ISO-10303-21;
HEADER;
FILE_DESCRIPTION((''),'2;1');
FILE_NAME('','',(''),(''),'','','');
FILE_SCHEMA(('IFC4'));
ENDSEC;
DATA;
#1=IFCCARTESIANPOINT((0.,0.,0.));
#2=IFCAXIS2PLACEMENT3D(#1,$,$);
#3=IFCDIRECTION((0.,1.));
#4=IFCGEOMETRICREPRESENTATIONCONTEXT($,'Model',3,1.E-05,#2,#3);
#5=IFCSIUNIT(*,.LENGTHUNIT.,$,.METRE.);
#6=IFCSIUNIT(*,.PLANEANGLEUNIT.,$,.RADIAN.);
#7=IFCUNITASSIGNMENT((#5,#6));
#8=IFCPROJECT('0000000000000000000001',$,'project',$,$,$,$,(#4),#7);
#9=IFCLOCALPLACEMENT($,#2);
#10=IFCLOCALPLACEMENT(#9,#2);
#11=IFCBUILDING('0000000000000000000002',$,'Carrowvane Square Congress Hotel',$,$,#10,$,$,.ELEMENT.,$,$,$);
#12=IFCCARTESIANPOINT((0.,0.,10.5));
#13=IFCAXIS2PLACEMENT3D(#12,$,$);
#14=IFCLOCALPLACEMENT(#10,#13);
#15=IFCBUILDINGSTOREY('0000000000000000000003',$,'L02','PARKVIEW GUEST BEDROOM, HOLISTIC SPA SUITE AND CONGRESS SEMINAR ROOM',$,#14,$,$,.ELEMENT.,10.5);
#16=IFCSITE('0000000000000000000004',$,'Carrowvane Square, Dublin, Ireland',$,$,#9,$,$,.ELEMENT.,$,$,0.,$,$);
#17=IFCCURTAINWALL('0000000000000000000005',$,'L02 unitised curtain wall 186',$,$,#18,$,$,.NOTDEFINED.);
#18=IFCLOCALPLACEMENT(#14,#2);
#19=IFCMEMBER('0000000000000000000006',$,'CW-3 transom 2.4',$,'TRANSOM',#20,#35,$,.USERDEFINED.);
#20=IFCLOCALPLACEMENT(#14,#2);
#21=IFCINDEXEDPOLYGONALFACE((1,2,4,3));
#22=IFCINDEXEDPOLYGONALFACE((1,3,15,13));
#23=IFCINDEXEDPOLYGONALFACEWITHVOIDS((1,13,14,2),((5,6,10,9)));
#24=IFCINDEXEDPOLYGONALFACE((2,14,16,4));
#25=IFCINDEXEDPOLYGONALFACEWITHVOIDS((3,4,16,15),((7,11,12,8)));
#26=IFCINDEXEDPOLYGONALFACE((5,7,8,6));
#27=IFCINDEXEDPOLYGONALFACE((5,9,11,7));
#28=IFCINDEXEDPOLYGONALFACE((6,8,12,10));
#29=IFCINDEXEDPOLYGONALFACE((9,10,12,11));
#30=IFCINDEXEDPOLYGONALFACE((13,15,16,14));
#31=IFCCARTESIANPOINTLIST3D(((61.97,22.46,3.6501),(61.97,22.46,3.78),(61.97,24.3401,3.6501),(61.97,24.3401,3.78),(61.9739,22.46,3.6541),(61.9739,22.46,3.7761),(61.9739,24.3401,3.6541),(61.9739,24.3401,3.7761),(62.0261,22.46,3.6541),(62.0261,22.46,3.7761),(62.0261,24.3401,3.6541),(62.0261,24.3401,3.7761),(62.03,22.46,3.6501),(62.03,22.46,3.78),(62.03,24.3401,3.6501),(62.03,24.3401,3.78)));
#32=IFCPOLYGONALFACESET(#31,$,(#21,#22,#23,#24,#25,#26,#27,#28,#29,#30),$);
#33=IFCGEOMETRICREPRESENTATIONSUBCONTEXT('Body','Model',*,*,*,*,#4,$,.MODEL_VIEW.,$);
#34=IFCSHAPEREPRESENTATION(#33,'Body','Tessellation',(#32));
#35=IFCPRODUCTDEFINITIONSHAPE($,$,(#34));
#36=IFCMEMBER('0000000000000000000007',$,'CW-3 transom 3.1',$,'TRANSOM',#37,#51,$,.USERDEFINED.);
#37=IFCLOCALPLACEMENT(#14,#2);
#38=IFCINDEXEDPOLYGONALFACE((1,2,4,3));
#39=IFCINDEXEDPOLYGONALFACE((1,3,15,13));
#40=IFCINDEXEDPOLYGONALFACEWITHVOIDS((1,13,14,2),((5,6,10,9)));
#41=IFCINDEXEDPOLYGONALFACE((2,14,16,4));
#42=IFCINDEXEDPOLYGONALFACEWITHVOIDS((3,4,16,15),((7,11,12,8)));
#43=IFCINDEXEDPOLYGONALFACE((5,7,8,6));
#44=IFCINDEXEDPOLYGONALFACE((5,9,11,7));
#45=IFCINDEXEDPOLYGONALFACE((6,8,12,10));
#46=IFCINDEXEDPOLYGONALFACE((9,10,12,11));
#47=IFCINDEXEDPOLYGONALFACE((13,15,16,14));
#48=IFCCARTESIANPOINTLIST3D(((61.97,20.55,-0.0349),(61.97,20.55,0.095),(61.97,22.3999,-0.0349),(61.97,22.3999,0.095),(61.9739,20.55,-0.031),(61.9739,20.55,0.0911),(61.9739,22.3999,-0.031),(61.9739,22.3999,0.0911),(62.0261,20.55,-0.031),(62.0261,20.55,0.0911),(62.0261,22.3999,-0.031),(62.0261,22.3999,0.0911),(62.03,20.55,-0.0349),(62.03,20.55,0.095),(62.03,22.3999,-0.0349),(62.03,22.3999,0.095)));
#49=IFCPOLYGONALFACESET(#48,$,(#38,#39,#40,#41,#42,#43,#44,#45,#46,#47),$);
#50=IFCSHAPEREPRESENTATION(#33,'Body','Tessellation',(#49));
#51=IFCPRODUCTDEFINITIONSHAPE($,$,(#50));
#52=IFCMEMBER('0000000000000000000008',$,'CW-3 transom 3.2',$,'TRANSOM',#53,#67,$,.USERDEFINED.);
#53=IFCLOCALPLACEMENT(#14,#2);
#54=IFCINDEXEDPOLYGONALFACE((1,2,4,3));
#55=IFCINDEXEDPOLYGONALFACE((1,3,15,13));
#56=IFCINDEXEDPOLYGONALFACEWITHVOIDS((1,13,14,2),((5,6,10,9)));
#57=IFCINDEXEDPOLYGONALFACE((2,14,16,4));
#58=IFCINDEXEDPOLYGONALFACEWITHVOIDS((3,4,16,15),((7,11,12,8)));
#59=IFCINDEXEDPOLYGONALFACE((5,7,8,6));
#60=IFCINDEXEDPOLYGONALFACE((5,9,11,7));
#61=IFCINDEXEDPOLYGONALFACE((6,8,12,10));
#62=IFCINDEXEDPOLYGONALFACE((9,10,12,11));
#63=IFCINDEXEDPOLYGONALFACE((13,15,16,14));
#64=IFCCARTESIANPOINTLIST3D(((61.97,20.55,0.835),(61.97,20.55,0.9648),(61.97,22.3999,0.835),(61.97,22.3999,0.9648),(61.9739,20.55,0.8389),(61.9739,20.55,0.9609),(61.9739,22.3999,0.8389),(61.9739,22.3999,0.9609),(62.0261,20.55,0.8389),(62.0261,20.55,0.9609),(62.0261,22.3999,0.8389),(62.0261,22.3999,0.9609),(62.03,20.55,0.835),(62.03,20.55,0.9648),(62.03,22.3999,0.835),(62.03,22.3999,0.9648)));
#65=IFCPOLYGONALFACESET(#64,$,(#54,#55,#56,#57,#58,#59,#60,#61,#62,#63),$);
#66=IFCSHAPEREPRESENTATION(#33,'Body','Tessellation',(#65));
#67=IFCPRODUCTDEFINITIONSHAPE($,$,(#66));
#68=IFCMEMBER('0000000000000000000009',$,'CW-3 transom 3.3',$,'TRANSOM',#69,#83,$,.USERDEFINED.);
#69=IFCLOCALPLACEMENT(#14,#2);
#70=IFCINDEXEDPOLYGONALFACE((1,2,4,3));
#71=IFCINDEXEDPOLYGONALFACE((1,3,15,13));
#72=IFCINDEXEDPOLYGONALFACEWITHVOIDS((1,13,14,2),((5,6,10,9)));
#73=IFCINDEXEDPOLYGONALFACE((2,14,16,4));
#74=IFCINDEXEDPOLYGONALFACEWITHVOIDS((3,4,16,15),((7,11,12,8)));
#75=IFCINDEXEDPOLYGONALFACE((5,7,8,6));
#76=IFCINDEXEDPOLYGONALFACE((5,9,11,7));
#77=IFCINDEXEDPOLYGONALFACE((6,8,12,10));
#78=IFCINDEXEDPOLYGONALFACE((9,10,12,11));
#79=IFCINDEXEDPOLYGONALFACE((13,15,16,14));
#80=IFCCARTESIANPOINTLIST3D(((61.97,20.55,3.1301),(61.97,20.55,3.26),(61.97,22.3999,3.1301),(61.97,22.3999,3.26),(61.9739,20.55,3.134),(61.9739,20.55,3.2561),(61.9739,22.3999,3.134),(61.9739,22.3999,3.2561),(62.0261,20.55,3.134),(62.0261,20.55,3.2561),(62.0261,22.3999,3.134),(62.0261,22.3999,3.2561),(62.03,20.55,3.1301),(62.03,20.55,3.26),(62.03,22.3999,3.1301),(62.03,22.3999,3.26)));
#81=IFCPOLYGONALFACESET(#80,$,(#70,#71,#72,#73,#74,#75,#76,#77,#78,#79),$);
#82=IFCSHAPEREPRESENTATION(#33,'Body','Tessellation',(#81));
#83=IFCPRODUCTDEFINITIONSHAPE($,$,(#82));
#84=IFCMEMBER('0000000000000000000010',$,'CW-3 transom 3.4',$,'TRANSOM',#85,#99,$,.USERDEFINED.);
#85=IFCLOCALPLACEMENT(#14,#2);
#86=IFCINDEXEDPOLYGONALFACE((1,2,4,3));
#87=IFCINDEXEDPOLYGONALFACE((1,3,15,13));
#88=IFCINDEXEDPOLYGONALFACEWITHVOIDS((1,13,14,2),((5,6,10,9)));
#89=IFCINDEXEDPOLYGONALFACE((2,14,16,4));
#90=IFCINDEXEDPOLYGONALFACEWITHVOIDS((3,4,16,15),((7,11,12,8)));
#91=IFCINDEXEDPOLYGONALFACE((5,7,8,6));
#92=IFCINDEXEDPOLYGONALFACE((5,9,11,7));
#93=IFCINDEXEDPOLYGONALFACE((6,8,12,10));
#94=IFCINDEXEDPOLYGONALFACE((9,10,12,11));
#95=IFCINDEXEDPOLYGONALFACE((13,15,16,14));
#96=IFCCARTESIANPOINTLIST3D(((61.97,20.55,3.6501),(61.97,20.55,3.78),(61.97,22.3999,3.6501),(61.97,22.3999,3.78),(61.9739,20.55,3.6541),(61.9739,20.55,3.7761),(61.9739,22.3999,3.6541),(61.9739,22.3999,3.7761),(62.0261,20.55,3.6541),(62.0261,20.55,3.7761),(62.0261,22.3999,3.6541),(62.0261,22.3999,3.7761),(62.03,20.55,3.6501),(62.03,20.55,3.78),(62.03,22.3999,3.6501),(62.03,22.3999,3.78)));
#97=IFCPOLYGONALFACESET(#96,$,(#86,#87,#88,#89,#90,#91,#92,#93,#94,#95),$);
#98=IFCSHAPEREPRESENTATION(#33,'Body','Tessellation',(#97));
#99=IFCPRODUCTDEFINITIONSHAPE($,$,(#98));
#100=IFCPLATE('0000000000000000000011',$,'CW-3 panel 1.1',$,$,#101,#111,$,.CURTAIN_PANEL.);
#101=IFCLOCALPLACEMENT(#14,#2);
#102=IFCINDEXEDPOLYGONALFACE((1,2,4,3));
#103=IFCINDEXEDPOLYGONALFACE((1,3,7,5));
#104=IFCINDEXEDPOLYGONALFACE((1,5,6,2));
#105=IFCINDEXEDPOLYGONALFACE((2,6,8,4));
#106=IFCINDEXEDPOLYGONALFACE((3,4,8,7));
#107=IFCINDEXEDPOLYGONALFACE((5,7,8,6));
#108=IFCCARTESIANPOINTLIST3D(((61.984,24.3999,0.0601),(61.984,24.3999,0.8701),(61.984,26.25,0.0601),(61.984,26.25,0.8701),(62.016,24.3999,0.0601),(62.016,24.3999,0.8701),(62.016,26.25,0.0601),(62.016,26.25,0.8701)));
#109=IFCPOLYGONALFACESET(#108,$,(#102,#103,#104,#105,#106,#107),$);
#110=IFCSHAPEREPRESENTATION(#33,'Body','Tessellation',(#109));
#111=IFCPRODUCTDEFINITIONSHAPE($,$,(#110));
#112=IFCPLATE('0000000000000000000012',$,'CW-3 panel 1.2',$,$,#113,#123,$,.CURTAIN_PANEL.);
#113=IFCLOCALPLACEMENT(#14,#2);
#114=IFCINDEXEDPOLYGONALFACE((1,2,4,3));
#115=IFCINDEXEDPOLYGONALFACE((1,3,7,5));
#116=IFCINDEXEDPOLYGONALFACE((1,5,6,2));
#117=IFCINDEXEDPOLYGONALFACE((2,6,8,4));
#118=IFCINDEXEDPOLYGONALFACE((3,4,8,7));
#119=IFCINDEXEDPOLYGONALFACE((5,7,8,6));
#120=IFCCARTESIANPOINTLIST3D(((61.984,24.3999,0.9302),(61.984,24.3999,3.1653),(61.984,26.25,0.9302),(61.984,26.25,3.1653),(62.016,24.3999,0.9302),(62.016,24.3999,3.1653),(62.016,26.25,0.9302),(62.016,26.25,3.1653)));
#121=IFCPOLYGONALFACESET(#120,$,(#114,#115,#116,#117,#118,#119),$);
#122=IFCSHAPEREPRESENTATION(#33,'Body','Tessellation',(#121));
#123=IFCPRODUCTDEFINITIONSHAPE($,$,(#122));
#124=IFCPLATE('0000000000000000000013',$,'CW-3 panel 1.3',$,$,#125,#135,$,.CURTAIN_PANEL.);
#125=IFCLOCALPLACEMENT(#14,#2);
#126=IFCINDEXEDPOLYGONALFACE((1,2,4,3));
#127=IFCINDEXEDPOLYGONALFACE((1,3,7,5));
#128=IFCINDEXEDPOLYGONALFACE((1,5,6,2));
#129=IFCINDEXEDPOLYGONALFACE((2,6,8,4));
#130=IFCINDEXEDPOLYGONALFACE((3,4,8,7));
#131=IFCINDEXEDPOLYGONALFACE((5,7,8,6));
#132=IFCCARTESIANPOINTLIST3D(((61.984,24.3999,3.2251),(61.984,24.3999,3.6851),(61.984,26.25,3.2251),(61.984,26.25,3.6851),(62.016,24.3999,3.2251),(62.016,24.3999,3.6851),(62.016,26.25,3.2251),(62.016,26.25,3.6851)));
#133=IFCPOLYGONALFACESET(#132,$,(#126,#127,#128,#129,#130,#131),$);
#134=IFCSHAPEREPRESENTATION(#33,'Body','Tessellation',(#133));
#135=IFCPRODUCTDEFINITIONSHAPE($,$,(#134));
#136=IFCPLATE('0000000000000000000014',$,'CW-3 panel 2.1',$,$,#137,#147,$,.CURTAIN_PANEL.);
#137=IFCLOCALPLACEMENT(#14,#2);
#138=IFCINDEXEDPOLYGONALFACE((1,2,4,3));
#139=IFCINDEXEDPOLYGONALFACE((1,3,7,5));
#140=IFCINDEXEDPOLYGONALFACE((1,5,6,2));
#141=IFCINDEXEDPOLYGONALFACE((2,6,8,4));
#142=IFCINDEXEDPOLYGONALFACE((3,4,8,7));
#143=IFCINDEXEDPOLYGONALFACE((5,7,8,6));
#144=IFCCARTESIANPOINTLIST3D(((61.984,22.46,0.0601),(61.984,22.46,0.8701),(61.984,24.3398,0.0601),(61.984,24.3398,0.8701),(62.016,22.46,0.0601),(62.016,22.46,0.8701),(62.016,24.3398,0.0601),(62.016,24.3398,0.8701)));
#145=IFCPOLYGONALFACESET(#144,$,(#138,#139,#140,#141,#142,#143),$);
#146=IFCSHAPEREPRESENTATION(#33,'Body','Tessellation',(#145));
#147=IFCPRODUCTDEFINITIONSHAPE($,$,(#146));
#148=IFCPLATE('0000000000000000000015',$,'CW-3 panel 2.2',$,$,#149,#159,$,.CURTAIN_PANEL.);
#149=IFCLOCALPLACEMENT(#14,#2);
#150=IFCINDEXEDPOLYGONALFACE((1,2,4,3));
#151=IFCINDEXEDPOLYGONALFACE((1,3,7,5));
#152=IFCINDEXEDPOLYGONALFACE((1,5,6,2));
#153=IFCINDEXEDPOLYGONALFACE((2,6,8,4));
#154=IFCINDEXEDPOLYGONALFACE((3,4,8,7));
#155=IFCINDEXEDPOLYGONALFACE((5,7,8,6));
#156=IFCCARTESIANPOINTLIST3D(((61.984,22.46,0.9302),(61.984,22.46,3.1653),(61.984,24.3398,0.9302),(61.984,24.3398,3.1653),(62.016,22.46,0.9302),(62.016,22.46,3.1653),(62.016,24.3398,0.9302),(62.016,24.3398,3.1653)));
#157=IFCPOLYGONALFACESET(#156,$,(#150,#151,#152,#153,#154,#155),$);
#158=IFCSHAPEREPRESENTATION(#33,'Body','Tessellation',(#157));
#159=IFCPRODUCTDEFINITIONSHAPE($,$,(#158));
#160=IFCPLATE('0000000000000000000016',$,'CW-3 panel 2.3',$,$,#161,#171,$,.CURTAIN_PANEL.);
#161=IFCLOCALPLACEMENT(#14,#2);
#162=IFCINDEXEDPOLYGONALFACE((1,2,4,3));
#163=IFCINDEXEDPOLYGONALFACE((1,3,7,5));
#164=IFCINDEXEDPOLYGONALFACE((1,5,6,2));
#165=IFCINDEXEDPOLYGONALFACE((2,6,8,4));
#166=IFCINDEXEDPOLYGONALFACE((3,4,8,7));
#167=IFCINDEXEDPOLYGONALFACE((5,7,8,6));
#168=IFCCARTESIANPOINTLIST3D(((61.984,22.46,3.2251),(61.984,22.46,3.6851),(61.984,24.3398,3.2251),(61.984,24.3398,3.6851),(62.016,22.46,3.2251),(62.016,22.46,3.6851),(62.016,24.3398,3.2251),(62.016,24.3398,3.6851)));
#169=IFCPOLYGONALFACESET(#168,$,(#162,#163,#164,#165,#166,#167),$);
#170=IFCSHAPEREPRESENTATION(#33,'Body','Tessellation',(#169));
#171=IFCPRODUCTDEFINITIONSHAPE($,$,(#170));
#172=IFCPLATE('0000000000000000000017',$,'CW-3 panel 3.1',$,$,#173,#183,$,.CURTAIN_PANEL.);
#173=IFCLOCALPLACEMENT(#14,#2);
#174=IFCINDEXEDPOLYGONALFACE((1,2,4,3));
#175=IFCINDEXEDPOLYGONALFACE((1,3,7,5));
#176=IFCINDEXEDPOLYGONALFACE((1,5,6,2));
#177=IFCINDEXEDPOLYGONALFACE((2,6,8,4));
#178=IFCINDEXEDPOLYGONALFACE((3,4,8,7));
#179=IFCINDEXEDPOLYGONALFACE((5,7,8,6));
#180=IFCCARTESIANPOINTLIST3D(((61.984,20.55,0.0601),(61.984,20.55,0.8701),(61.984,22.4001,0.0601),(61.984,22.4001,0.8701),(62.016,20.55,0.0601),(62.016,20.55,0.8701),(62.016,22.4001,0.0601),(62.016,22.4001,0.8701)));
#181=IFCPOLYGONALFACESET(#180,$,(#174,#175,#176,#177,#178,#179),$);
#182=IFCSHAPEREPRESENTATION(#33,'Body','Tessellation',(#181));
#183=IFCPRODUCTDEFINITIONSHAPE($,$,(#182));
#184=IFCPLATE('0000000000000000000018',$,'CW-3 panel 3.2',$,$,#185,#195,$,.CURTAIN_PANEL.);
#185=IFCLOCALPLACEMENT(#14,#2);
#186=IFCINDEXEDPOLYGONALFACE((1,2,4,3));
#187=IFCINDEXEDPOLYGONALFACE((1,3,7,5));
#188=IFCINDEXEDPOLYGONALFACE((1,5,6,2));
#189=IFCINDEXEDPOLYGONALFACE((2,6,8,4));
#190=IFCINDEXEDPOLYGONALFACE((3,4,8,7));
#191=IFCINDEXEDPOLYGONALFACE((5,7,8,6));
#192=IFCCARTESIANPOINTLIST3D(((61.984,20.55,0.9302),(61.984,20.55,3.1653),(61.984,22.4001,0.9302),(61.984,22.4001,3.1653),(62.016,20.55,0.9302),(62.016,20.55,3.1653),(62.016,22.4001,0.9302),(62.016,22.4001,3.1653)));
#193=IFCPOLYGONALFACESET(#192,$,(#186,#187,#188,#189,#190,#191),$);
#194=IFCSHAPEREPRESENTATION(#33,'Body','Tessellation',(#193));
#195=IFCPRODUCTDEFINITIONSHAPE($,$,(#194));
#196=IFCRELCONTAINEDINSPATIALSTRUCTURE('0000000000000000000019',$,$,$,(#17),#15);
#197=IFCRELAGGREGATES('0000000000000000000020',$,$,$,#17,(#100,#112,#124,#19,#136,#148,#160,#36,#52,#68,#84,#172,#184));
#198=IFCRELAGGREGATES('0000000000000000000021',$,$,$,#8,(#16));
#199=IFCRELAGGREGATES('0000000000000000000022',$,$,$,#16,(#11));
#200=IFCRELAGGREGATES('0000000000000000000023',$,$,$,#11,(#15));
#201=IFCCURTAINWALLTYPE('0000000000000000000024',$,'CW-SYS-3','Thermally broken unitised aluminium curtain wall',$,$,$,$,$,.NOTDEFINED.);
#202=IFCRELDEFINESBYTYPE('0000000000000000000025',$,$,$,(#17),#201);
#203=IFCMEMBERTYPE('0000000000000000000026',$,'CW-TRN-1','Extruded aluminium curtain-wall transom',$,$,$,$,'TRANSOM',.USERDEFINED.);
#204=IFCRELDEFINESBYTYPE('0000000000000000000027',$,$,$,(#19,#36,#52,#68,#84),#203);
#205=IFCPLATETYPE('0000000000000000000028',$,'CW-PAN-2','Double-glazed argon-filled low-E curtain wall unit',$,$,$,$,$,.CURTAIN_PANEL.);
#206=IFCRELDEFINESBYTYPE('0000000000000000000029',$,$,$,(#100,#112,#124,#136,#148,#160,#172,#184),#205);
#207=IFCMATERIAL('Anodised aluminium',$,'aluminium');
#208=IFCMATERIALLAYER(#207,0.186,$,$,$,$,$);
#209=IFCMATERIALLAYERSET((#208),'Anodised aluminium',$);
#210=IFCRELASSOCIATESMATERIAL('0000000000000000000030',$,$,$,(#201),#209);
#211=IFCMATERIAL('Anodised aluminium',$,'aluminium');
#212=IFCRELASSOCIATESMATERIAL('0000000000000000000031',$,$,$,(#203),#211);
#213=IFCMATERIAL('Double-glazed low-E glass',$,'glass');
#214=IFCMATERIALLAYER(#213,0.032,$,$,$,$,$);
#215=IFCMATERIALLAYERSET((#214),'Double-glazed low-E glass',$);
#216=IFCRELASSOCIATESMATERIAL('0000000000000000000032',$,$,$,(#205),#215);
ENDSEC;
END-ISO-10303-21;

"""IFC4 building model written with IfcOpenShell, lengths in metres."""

from ifc_helpers import new_model, si_unit, direction, frame, origin, origin_2d, place, context, subcontext, project, spatial, rectangle, hollow_rectangle, extrude, material, layer, layer_set, material_profile, profile_set, type_object, element, aggregate, save


model = new_model("IFC4")

# Units and contexts
model_context = context("Model", 3, precision=1e-05, world=origin(), true_north=direction((0.0, 1.0)))
body_context = subcontext(model_context, "Body", "Model", "MODEL_VIEW")
ifc_project = project(units=[si_unit("LENGTHUNIT", "METRE"), si_unit("PLANEANGLEUNIT", "RADIAN")], contexts=[model_context])

# Site, building, storey
site_placement = place(None, origin())
site = spatial("IfcSite", under=ifc_project, at=site_placement, Name="Carrowvane Square, Dublin, Ireland", CompositionType="ELEMENT", RefElevation=0.0)
building_placement = place(site_placement, origin())
building = spatial("IfcBuilding", under=site, at=building_placement, Name="Carrowvane Square Congress Hotel", CompositionType="ELEMENT")
storey_placement = place(building_placement, frame((0.0, 0.0, 10.5)))
storey = spatial("IfcBuildingStorey", under=building, at=storey_placement, Name="L02", Description="PARKVIEW GUEST BEDROOM, HOLISTIC SPA SUITE AND CONGRESS SEMINAR ROOM", CompositionType="ELEMENT", Elevation=10.5)

# Curtain wall, members, plates
ifc_material_1 = material(Name="Anodised aluminium", Category="aluminium")
ifc_layer_1 = layer(ifc_material_1, 0.186)
ifc_layer_set_1 = layer_set([ifc_layer_1], Name="Anodised aluminium")
curtain_wall_type = type_object("IfcCurtainWallType", Name="CW-SYS-3", Description="Thermally broken unitised aluminium curtain wall", PredefinedType="NOTDEFINED", material=ifc_layer_set_1)
curtain_wall_placement = place(storey_placement, origin())
curtain_wall = element("IfcCurtainWall", 1, at=curtain_wall_placement, inside=storey, type_object=curtain_wall_type, Name="L02 unitised curtain wall 186", PredefinedType="NOTDEFINED")
ifc_material_2 = material(Name="Anodised aluminium", Category="aluminium")
ifc_material_profile_1 = material_profile(ifc_material_2, hollow_rectangle(XDim=0.0601, YDim=0.1299, WallThickness=0.0039, at=origin_2d()), Name="CW-TR 60x130x4")
ifc_profile_set_1 = profile_set([ifc_material_profile_1], Name="Anodised aluminium")
member_type_1 = type_object("IfcMemberType", Name="CW-TRN-1", Description="Extruded aluminium curtain-wall transom", ElementType="TRANSOM", PredefinedType="USERDEFINED", material=ifc_profile_set_1)
member_1_placement = place(storey_placement, frame((62.0, 24.3401, 3.7151), z_axis=(0.0, -1.0, 0.0), x_axis=(1.0, 0.0, 0.0)))
member_1 = element("IfcMember", 2, at=member_1_placement, type_object=member_type_1, Name="CW-3 transom 2.4", ObjectType="TRANSOM", PredefinedType="USERDEFINED", context=body_context, shape_type="SweptSolid", body=[
    extrude(hollow_rectangle(XDim=0.0601, YDim=0.1299, WallThickness=0.0039, at=origin_2d()), origin(), (0.0, 0.0, 1.0), 1.8801),
])
member_2_placement = place(storey_placement, frame((62.0, 22.3999, 0.03), z_axis=(0.0, -1.0, 0.0), x_axis=(1.0, 0.0, 0.0)))
member_2 = element("IfcMember", 3, at=member_2_placement, type_object=member_type_1, Name="CW-3 transom 3.1", ObjectType="TRANSOM", PredefinedType="USERDEFINED", context=body_context, shape_type="SweptSolid", body=[
    extrude(hollow_rectangle(XDim=0.0601, YDim=0.1299, WallThickness=0.0039, at=origin_2d()), origin(), (0.0, 0.0, 1.0), 1.8499),
])
member_3_placement = place(storey_placement, frame((62.0, 22.3999, 0.8999), z_axis=(0.0, -1.0, 0.0), x_axis=(1.0, 0.0, 0.0)))
member_3 = element("IfcMember", 4, at=member_3_placement, type_object=member_type_1, Name="CW-3 transom 3.2", ObjectType="TRANSOM", PredefinedType="USERDEFINED", context=body_context, shape_type="SweptSolid", body=[
    extrude(hollow_rectangle(XDim=0.0601, YDim=0.1299, WallThickness=0.0039, at=origin_2d()), origin(), (0.0, 0.0, 1.0), 1.8499),
])
member_4_placement = place(storey_placement, frame((62.0, 22.3999, 3.1951), z_axis=(0.0, -1.0, 0.0), x_axis=(1.0, 0.0, 0.0)))
member_4 = element("IfcMember", 5, at=member_4_placement, type_object=member_type_1, Name="CW-3 transom 3.3", ObjectType="TRANSOM", PredefinedType="USERDEFINED", context=body_context, shape_type="SweptSolid", body=[
    extrude(hollow_rectangle(XDim=0.0601, YDim=0.1299, WallThickness=0.0039, at=origin_2d()), origin(), (0.0, 0.0, 1.0), 1.8499),
])
member_5_placement = place(storey_placement, frame((62.0, 22.3999, 3.7151), z_axis=(0.0, -1.0, 0.0), x_axis=(1.0, 0.0, 0.0)))
member_5 = element("IfcMember", 6, at=member_5_placement, type_object=member_type_1, Name="CW-3 transom 3.4", ObjectType="TRANSOM", PredefinedType="USERDEFINED", context=body_context, shape_type="SweptSolid", body=[
    extrude(hollow_rectangle(XDim=0.0601, YDim=0.1299, WallThickness=0.0039, at=origin_2d()), origin(), (0.0, 0.0, 1.0), 1.8499),
])
ifc_material_3 = material(Name="Double-glazed low-E glass", Category="glass")
ifc_layer_2 = layer(ifc_material_3, 0.032)
ifc_layer_set_2 = layer_set([ifc_layer_2], Name="Double-glazed low-E glass")
plate_type = type_object("IfcPlateType", Name="CW-PAN-2", Description="Double-glazed argon-filled low-E curtain wall unit", PredefinedType="CURTAIN_PANEL", material=ifc_layer_set_2)
plate_1_placement = place(storey_placement, frame((62.0, 25.325, 0.0601), z_axis=(0.0, 0.0, 1.0), x_axis=(0.0, -1.0, 0.0)))
plate_1 = element("IfcPlate", 7, at=plate_1_placement, type_object=plate_type, Name="CW-3 panel 1.1", PredefinedType="CURTAIN_PANEL", context=body_context, shape_type="SweptSolid", body=[
    extrude(rectangle(XDim=1.8501, YDim=0.032, at=origin_2d()), origin(), (0.0, 0.0, 1.0), 0.8101),
])
plate_2_placement = place(storey_placement, frame((62.0, 25.325, 0.9302), z_axis=(0.0, 0.0, 1.0), x_axis=(0.0, -1.0, 0.0)))
plate_2 = element("IfcPlate", 8, at=plate_2_placement, type_object=plate_type, Name="CW-3 panel 1.2", PredefinedType="CURTAIN_PANEL", context=body_context, shape_type="SweptSolid", body=[
    extrude(rectangle(XDim=1.8501, YDim=0.032, at=origin_2d()), origin(), (0.0, 0.0, 1.0), 2.2351),
])
plate_3_placement = place(storey_placement, frame((62.0, 25.325, 3.2251), z_axis=(0.0, 0.0, 1.0), x_axis=(0.0, -1.0, 0.0)))
plate_3 = element("IfcPlate", 9, at=plate_3_placement, type_object=plate_type, Name="CW-3 panel 1.3", PredefinedType="CURTAIN_PANEL", context=body_context, shape_type="SweptSolid", body=[
    extrude(rectangle(XDim=1.8501, YDim=0.032, at=origin_2d()), origin(), (0.0, 0.0, 1.0), 0.46),
])
plate_4_placement = place(storey_placement, frame((62.0, 23.3999, 0.0601), z_axis=(0.0, 0.0, 1.0), x_axis=(0.0, -1.0, 0.0)))
plate_4 = element("IfcPlate", 10, at=plate_4_placement, type_object=plate_type, Name="CW-3 panel 2.1", PredefinedType="CURTAIN_PANEL", context=body_context, shape_type="SweptSolid", body=[
    extrude(rectangle(XDim=1.8799, YDim=0.032, at=origin_2d()), origin(), (0.0, 0.0, 1.0), 0.8101),
])
plate_5_placement = place(storey_placement, frame((62.0, 23.3999, 0.9302), z_axis=(0.0, 0.0, 1.0), x_axis=(0.0, -1.0, 0.0)))
plate_5 = element("IfcPlate", 11, at=plate_5_placement, type_object=plate_type, Name="CW-3 panel 2.2", PredefinedType="CURTAIN_PANEL", context=body_context, shape_type="SweptSolid", body=[
    extrude(rectangle(XDim=1.8799, YDim=0.032, at=origin_2d()), origin(), (0.0, 0.0, 1.0), 2.2351),
])
plate_6_placement = place(storey_placement, frame((62.0, 23.3999, 3.2251), z_axis=(0.0, 0.0, 1.0), x_axis=(0.0, -1.0, 0.0)))
plate_6 = element("IfcPlate", 12, at=plate_6_placement, type_object=plate_type, Name="CW-3 panel 2.3", PredefinedType="CURTAIN_PANEL", context=body_context, shape_type="SweptSolid", body=[
    extrude(rectangle(XDim=1.8799, YDim=0.032, at=origin_2d()), origin(), (0.0, 0.0, 1.0), 0.46),
])
plate_7_placement = place(storey_placement, frame((62.0, 21.4751, 0.0601), z_axis=(0.0, 0.0, 1.0), x_axis=(0.0, -1.0, 0.0)))
plate_7 = element("IfcPlate", 13, at=plate_7_placement, type_object=plate_type, Name="CW-3 panel 3.1", PredefinedType="CURTAIN_PANEL", context=body_context, shape_type="SweptSolid", body=[
    extrude(rectangle(XDim=1.8501, YDim=0.032, at=origin_2d()), origin(), (0.0, 0.0, 1.0), 0.8101),
])
plate_8_placement = place(storey_placement, frame((62.0, 21.4751, 0.9302), z_axis=(0.0, 0.0, 1.0), x_axis=(0.0, -1.0, 0.0)))
plate_8 = element("IfcPlate", 14, at=plate_8_placement, type_object=plate_type, Name="CW-3 panel 3.2", PredefinedType="CURTAIN_PANEL", context=body_context, shape_type="SweptSolid", body=[
    extrude(rectangle(XDim=1.8501, YDim=0.032, at=origin_2d()), origin(), (0.0, 0.0, 1.0), 2.2351),
])
aggregate(curtain_wall, [plate_1, plate_2, plate_3, member_1, plate_4, plate_5, plate_6, member_2, member_3, member_4, member_5, plate_7, plate_8])

save(model, "model.ifc")
